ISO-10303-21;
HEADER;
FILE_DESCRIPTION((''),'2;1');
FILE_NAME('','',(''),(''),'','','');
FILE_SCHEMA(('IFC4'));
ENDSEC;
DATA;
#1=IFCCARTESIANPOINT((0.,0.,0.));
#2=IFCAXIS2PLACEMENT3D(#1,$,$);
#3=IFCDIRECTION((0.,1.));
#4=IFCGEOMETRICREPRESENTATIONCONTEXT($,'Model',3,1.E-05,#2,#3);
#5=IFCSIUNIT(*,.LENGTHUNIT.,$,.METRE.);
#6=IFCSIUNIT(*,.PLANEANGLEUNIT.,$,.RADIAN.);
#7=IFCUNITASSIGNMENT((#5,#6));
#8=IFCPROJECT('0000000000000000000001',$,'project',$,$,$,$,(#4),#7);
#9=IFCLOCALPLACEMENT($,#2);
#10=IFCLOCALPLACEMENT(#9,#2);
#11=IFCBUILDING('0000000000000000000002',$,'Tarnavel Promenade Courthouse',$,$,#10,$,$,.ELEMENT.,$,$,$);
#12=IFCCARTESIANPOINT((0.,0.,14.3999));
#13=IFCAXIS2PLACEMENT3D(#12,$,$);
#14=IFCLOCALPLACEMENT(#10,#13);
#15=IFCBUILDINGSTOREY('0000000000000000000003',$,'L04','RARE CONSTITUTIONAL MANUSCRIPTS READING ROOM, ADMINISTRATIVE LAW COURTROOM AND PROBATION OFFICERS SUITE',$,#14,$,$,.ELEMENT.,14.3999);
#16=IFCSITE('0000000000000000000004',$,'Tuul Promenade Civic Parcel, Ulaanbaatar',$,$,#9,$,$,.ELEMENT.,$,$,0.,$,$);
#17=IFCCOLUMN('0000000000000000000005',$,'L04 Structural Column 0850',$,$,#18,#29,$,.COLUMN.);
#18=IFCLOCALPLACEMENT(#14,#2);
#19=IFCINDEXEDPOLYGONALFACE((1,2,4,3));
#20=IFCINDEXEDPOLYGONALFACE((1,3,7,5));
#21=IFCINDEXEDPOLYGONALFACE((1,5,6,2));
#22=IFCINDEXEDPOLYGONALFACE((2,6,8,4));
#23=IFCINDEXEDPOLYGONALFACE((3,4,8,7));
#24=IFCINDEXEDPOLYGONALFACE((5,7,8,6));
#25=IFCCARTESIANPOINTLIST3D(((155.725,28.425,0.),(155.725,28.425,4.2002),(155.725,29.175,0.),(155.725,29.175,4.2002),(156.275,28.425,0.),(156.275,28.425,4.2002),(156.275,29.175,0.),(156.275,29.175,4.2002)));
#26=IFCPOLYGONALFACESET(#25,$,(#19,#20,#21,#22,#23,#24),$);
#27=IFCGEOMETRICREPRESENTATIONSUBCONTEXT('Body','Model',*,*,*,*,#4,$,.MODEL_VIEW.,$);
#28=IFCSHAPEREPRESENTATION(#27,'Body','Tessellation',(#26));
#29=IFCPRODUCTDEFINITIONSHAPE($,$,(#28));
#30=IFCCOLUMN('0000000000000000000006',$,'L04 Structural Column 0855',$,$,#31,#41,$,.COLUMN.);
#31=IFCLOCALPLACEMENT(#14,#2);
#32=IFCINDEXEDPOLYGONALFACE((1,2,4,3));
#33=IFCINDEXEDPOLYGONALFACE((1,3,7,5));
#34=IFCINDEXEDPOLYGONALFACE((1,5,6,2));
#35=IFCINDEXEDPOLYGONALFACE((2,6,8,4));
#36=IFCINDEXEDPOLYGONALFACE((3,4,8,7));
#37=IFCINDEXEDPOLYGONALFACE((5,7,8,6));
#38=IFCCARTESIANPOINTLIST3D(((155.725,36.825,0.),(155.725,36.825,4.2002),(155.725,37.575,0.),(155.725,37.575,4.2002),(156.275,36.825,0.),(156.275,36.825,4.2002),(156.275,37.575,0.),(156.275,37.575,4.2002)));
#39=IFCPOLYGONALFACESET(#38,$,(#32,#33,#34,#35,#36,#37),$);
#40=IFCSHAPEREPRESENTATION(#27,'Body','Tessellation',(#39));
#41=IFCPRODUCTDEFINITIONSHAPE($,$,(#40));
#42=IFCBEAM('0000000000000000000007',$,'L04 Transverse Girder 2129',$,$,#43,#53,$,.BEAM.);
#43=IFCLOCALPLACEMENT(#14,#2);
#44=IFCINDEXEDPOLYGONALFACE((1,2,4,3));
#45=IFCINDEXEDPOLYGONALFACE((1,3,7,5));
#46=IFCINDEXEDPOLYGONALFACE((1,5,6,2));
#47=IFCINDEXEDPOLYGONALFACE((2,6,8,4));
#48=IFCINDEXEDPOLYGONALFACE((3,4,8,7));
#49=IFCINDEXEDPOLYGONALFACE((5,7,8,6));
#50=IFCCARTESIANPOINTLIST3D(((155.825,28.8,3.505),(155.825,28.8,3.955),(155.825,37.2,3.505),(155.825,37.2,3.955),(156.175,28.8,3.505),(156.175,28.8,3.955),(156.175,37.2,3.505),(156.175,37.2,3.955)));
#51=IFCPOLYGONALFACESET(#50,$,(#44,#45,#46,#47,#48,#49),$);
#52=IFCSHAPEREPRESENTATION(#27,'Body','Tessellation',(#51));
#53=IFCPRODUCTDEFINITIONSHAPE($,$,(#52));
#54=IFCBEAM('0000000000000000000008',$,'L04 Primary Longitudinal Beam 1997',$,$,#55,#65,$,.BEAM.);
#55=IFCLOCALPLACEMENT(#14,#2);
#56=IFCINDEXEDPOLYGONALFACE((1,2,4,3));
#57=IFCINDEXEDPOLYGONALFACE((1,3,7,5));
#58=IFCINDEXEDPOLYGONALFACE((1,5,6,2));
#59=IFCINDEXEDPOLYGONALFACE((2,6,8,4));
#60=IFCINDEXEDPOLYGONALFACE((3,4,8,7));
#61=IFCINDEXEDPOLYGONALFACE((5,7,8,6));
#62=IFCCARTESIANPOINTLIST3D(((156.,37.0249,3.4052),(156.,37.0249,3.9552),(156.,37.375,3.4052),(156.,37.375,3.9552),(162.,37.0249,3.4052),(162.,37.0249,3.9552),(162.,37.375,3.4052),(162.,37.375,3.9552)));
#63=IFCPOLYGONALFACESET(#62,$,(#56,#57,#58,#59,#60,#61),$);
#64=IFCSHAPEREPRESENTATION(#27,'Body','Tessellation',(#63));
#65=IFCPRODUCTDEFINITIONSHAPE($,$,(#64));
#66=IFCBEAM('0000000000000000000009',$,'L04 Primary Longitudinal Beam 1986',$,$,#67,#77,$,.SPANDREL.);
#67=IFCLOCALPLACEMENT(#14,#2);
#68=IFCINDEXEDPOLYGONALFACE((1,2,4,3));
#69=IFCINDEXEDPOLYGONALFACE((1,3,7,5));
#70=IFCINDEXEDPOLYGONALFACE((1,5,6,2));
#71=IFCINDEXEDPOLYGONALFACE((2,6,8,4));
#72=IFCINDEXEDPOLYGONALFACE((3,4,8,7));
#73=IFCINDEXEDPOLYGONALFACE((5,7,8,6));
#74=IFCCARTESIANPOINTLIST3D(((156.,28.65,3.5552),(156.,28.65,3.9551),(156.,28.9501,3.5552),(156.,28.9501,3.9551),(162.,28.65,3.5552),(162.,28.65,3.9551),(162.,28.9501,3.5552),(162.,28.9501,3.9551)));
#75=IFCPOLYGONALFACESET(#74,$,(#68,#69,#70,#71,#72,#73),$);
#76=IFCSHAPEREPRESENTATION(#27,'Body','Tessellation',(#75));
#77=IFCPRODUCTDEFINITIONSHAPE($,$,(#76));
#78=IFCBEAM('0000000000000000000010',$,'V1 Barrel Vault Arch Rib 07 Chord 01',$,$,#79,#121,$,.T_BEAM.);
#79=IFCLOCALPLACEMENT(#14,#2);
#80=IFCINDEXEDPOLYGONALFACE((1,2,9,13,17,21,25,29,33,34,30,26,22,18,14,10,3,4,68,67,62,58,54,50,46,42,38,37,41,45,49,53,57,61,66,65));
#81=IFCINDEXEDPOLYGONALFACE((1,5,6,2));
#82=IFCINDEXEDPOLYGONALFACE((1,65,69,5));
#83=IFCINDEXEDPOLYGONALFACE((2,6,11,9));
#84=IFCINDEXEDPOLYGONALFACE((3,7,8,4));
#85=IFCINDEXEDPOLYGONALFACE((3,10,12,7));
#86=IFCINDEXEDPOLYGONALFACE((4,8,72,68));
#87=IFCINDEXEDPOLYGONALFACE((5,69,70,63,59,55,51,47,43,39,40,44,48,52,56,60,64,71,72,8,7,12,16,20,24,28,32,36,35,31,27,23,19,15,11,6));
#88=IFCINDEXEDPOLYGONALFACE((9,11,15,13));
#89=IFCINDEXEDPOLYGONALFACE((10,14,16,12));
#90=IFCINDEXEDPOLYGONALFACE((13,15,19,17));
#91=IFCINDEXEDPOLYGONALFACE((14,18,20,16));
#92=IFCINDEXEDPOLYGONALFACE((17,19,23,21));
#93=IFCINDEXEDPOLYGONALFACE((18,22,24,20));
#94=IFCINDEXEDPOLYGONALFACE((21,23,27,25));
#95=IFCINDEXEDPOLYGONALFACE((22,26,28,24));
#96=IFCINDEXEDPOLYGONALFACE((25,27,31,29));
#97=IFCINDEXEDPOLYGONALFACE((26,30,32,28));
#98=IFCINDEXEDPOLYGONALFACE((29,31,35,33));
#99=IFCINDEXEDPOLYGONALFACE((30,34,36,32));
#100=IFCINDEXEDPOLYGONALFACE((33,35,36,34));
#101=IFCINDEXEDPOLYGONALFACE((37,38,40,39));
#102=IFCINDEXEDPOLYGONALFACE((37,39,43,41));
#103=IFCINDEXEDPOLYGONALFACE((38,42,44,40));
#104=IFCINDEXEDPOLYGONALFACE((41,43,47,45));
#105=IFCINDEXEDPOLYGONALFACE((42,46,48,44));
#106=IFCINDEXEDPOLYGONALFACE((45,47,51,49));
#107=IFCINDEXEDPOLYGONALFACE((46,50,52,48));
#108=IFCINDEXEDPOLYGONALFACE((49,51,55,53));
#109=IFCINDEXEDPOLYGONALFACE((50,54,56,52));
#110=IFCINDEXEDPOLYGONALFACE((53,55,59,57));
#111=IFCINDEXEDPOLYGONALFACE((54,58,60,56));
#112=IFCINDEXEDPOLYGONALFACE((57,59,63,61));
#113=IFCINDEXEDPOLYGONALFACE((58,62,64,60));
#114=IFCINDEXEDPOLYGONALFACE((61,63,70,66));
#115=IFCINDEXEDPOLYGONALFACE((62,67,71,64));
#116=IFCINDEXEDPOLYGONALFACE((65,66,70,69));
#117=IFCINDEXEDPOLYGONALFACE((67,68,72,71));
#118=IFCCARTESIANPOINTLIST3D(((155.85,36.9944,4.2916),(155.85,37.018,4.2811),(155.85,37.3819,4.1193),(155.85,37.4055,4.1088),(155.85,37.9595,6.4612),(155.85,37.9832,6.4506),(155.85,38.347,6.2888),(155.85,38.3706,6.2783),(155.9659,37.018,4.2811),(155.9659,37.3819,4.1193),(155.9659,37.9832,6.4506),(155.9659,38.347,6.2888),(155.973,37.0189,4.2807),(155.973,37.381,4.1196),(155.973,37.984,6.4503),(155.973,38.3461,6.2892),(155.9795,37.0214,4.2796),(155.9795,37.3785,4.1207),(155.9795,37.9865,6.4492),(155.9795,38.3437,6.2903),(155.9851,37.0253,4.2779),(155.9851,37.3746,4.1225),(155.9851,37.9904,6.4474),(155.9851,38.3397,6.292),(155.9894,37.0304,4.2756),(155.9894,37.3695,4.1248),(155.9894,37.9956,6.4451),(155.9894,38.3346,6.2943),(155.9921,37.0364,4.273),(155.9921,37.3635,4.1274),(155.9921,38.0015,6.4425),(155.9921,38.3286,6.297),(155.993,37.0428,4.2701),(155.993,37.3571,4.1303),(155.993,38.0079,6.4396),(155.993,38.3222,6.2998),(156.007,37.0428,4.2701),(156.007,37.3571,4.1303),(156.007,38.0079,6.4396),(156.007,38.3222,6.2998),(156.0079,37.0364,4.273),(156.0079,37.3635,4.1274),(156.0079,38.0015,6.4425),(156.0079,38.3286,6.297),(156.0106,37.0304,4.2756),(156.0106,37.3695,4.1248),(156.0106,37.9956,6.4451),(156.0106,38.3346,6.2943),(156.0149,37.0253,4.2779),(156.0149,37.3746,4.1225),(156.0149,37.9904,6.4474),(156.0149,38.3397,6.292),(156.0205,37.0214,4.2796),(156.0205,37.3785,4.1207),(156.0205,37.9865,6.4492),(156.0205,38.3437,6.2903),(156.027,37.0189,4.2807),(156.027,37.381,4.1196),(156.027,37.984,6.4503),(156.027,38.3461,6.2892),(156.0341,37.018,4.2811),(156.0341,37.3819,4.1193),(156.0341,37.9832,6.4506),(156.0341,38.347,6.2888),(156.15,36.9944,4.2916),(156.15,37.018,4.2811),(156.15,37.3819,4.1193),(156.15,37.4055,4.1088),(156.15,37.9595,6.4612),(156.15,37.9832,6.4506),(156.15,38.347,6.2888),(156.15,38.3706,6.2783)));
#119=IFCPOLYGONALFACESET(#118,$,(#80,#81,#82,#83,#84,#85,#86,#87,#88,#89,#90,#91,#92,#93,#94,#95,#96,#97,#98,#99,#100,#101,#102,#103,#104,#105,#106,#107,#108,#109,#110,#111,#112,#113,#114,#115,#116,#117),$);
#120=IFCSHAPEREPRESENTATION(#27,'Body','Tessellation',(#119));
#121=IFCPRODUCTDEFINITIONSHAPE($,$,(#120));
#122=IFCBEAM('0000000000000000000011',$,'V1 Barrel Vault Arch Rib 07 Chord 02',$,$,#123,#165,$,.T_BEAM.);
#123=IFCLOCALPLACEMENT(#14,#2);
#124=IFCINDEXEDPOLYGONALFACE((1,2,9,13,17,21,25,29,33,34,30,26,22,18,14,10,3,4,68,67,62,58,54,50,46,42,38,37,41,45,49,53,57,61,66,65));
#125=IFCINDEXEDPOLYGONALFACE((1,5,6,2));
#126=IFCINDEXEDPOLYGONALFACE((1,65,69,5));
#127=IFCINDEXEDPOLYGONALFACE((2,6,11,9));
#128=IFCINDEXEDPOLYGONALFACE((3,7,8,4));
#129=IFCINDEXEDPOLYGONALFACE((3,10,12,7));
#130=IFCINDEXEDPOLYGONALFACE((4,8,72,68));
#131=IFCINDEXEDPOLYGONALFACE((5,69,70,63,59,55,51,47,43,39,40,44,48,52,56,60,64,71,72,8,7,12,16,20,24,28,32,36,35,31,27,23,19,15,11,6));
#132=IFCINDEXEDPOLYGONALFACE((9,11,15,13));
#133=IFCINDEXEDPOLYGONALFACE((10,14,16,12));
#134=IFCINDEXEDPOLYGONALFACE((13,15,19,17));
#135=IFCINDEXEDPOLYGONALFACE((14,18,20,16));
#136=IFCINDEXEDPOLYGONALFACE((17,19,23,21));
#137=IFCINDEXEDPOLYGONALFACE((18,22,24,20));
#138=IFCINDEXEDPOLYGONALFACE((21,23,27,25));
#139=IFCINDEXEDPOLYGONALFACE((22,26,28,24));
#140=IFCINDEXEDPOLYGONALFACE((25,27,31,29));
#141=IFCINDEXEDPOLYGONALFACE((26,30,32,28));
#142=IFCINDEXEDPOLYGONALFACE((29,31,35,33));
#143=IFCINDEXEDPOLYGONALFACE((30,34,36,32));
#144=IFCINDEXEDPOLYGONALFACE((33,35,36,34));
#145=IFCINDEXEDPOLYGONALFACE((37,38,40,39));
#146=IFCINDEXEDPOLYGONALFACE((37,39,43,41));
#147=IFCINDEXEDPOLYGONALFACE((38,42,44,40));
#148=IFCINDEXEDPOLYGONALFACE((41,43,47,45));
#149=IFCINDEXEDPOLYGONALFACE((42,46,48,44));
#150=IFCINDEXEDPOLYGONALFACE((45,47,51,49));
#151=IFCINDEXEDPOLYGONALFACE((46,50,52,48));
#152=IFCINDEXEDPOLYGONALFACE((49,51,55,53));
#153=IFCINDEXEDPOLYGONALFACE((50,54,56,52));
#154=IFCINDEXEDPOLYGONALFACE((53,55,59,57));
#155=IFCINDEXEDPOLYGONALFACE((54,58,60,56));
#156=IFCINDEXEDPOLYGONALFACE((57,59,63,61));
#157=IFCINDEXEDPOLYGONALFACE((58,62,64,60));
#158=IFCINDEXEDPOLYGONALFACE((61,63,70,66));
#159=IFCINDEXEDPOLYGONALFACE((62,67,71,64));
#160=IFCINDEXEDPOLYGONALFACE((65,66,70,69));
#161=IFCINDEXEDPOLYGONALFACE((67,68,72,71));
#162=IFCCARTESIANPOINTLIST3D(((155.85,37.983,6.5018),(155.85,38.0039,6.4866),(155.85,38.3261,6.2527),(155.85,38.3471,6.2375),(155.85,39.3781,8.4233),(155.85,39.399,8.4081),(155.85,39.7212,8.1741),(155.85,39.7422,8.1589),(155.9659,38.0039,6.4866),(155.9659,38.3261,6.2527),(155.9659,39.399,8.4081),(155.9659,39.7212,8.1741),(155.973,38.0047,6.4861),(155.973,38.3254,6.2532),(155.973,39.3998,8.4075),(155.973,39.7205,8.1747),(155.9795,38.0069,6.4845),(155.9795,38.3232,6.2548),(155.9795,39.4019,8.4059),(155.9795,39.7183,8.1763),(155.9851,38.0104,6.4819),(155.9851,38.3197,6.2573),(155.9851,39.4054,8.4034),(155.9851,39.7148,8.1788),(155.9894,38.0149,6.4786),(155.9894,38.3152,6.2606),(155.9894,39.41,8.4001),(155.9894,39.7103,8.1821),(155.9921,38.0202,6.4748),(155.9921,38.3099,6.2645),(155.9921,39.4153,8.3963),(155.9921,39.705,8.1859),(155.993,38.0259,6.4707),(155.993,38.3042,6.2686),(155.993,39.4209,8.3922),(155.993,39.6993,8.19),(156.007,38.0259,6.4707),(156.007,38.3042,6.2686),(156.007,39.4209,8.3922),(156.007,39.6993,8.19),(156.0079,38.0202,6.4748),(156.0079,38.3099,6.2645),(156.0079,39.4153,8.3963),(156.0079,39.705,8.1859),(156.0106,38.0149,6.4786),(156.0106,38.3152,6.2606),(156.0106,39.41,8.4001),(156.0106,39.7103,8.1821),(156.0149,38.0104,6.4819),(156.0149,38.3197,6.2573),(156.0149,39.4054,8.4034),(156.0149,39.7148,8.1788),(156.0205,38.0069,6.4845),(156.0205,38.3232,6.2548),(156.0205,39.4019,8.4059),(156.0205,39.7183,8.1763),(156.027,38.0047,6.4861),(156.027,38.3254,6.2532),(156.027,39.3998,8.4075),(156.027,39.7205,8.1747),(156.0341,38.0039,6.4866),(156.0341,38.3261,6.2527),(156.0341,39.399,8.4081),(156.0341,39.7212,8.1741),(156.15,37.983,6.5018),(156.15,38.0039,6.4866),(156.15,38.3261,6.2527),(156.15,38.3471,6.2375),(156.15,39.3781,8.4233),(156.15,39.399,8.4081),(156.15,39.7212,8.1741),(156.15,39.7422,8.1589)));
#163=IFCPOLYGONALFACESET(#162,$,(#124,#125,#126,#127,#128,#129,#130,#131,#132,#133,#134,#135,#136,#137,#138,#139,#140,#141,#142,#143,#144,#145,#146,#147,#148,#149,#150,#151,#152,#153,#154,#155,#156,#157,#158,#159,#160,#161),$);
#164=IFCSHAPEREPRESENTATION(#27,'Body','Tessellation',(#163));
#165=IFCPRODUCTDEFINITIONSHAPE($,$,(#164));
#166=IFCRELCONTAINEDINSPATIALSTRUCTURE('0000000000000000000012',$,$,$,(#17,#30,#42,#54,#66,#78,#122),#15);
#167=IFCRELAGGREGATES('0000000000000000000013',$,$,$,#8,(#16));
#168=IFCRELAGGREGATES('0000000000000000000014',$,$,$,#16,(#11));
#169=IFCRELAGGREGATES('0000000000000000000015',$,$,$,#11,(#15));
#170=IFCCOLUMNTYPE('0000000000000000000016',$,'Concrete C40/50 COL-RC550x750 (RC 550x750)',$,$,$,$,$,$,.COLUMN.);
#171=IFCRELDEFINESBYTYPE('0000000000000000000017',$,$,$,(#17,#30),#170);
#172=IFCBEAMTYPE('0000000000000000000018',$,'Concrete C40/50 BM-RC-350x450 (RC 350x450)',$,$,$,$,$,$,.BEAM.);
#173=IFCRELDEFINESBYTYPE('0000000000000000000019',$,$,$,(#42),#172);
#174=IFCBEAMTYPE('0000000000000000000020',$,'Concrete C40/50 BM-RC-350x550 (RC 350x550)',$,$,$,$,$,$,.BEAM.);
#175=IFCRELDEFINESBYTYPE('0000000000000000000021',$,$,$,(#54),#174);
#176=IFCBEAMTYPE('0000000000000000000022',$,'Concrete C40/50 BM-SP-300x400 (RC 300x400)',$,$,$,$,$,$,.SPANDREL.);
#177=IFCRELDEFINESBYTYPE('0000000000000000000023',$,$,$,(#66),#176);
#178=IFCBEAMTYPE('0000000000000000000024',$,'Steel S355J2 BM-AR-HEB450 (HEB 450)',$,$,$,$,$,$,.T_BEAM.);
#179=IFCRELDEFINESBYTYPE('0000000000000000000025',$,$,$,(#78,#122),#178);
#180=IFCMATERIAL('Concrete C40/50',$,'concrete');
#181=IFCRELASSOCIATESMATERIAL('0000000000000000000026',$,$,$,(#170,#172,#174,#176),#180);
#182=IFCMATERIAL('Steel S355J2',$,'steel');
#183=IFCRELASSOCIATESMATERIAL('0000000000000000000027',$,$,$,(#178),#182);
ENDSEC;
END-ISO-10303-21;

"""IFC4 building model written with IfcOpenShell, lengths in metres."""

from ifc_helpers import new_model, si_unit, direction, frame, origin, origin_2d, place, context, subcontext, project, spatial, rectangle, i_section, extrude, material, material_profile, profile_set, type_object, element, save


model = new_model("IFC4")

# Units and contexts
model_context = context("Model", 3, precision=1e-05, world=origin(), true_north=direction((0.0, 1.0)))
body_context = subcontext(model_context, "Body", "Model", "MODEL_VIEW")
ifc_project = project(units=[si_unit("LENGTHUNIT", "METRE"), si_unit("PLANEANGLEUNIT", "RADIAN")], contexts=[model_context])

# Site, building, storey
site_placement = place(None, origin())
site = spatial("IfcSite", under=ifc_project, at=site_placement, Name="Tuul Promenade Civic Parcel, Ulaanbaatar", CompositionType="ELEMENT", RefElevation=0.0)
building_placement = place(site_placement, origin())
building = spatial("IfcBuilding", under=site, at=building_placement, Name="Tarnavel Promenade Courthouse", CompositionType="ELEMENT")
storey_placement = place(building_placement, frame((0.0, 0.0, 14.3999)))
storey = spatial("IfcBuildingStorey", under=building, at=storey_placement, Name="L04", Description="RARE CONSTITUTIONAL MANUSCRIPTS READING ROOM, ADMINISTRATIVE LAW COURTROOM AND PROBATION OFFICERS SUITE", CompositionType="ELEMENT", Elevation=14.3999)

# Columns
ifc_material_1 = material(Name="Concrete C40/50", Category="concrete")
ifc_material_profile_1 = material_profile(ifc_material_1, rectangle(XDim=0.55, YDim=0.75, at=origin_2d()), Name="RC 550x750")
ifc_profile_set_1 = profile_set([ifc_material_profile_1], Name="Concrete C40/50")
column_type = type_object("IfcColumnType", Name="Concrete C40/50 COL-RC550x750 (RC 550x750)", PredefinedType="COLUMN", material=ifc_profile_set_1)
for number, where, z_axis, x_axis, name in (
    (1, (156.0, 28.8, 0.0), (0.0, 0.0, 1.0), (1.0, 0.0, 0.0), "L04 Structural Column 0850"),
    (2, (156.0, 37.2, 0.0), (0.0, 0.0, 1.0), (1.0, 0.0, 0.0), "L04 Structural Column 0855"),
):
    element("IfcColumn", number, at=place(storey_placement, frame(where, z_axis=z_axis, x_axis=x_axis)), inside=storey, type_object=column_type, Name=name, PredefinedType="COLUMN", context=body_context, shape_type="SweptSolid", body=[
        extrude(rectangle(XDim=0.55, YDim=0.75, at=origin_2d()), origin(), (0.0, 0.0, 1.0), 4.2002),
    ])

# Beams
ifc_material_profile_2 = material_profile(ifc_material_1, rectangle(XDim=0.3501, YDim=0.45, at=origin_2d()), Name="RC 350x450")
ifc_profile_set_2 = profile_set([ifc_material_profile_2], Name="Concrete C40/50")
beam_type_1 = type_object("IfcBeamType", Name="Concrete C40/50 BM-RC-350x450 (RC 350x450)", PredefinedType="BEAM", material=ifc_profile_set_2)
beam_1_placement = place(storey_placement, frame((156.0, 28.8, 3.73), z_axis=(0.0, 1.0, 0.0), x_axis=(-1.0, 0.0, 0.0)))
element("IfcBeam", 3, at=beam_1_placement, inside=storey, type_object=beam_type_1, Name="L04 Transverse Girder 2129", PredefinedType="BEAM", context=body_context, shape_type="SweptSolid", body=[
    extrude(rectangle(XDim=0.3501, YDim=0.45, at=origin_2d()), origin(), (0.0, 0.0, 1.0), 8.3999),
])
ifc_material_profile_3 = material_profile(ifc_material_1, rectangle(XDim=0.3501, YDim=0.55, at=origin_2d()), Name="RC 350x550")
ifc_profile_set_3 = profile_set([ifc_material_profile_3], Name="Concrete C40/50")
beam_type_2 = type_object("IfcBeamType", Name="Concrete C40/50 BM-RC-350x550 (RC 350x550)", PredefinedType="BEAM", material=ifc_profile_set_3)
beam_2_placement = place(storey_placement, frame((156.0, 37.2, 3.6802), z_axis=(1.0, 0.0, 0.0), x_axis=(0.0, 1.0, 0.0)))
element("IfcBeam", 4, at=beam_2_placement, inside=storey, type_object=beam_type_2, Name="L04 Primary Longitudinal Beam 1997", PredefinedType="BEAM", context=body_context, shape_type="SweptSolid", body=[
    extrude(rectangle(XDim=0.3501, YDim=0.55, at=origin_2d()), origin(), (0.0, 0.0, 1.0), 6.0),
])
ifc_material_profile_4 = material_profile(ifc_material_1, rectangle(XDim=0.3, YDim=0.3999, at=origin_2d()), Name="RC 300x400")
ifc_profile_set_4 = profile_set([ifc_material_profile_4], Name="Concrete C40/50")
beam_type_3 = type_object("IfcBeamType", Name="Concrete C40/50 BM-SP-300x400 (RC 300x400)", PredefinedType="SPANDREL", material=ifc_profile_set_4)
beam_3_placement = place(storey_placement, frame((156.0, 28.8, 3.7551), z_axis=(1.0, 0.0, 0.0), x_axis=(0.0, 1.0, 0.0)))
element("IfcBeam", 5, at=beam_3_placement, inside=storey, type_object=beam_type_3, Name="L04 Primary Longitudinal Beam 1986", PredefinedType="SPANDREL", context=body_context, shape_type="SweptSolid", body=[
    extrude(rectangle(XDim=0.3, YDim=0.3999, at=origin_2d()), origin(), (0.0, 0.0, 1.0), 6.0),
])
ifc_material_2 = material(Name="Steel S355J2", Category="steel")
ifc_material_profile_5 = material_profile(ifc_material_2, i_section(OverallWidth=0.3, OverallDepth=0.45, WebThickness=0.0139, FlangeThickness=0.0259, FilletRadius=0.0271, at=origin_2d()), Name="HEB 450")
ifc_profile_set_5 = profile_set([ifc_material_profile_5], Name="Steel S355J2")
beam_type_4 = type_object("IfcBeamType", Name="Steel S355J2 BM-AR-HEB450 (HEB 450)", PredefinedType="T_BEAM", material=ifc_profile_set_5)
for number, where, z_axis, x_axis, name in (
    (6, (156.0, 37.2, 4.2002), (0.0, 0.406453, 0.913672), (-1.0, 0.0, 0.0), "V1 Barrel Vault Arch Rib 07 Chord 01"),
    (7, (156.0, 38.165, 6.3696), (0.0, 0.587523, 0.809207), (-1.0, 0.0, 0.0), "V1 Barrel Vault Arch Rib 07 Chord 02"),
):
    element("IfcBeam", number, at=place(storey_placement, frame(where, z_axis=z_axis, x_axis=x_axis)), inside=storey, type_object=beam_type_4, Name=name, PredefinedType="T_BEAM", context=body_context, shape_type="SweptSolid", body=[
        extrude(i_section(OverallWidth=0.3, OverallDepth=0.45, WebThickness=0.0139, FlangeThickness=0.0259, FilletRadius=0.0271, at=origin_2d()), origin(), (0.0, 0.0, 1.0), 2.3745),
    ])

save(model, "model.ifc")
